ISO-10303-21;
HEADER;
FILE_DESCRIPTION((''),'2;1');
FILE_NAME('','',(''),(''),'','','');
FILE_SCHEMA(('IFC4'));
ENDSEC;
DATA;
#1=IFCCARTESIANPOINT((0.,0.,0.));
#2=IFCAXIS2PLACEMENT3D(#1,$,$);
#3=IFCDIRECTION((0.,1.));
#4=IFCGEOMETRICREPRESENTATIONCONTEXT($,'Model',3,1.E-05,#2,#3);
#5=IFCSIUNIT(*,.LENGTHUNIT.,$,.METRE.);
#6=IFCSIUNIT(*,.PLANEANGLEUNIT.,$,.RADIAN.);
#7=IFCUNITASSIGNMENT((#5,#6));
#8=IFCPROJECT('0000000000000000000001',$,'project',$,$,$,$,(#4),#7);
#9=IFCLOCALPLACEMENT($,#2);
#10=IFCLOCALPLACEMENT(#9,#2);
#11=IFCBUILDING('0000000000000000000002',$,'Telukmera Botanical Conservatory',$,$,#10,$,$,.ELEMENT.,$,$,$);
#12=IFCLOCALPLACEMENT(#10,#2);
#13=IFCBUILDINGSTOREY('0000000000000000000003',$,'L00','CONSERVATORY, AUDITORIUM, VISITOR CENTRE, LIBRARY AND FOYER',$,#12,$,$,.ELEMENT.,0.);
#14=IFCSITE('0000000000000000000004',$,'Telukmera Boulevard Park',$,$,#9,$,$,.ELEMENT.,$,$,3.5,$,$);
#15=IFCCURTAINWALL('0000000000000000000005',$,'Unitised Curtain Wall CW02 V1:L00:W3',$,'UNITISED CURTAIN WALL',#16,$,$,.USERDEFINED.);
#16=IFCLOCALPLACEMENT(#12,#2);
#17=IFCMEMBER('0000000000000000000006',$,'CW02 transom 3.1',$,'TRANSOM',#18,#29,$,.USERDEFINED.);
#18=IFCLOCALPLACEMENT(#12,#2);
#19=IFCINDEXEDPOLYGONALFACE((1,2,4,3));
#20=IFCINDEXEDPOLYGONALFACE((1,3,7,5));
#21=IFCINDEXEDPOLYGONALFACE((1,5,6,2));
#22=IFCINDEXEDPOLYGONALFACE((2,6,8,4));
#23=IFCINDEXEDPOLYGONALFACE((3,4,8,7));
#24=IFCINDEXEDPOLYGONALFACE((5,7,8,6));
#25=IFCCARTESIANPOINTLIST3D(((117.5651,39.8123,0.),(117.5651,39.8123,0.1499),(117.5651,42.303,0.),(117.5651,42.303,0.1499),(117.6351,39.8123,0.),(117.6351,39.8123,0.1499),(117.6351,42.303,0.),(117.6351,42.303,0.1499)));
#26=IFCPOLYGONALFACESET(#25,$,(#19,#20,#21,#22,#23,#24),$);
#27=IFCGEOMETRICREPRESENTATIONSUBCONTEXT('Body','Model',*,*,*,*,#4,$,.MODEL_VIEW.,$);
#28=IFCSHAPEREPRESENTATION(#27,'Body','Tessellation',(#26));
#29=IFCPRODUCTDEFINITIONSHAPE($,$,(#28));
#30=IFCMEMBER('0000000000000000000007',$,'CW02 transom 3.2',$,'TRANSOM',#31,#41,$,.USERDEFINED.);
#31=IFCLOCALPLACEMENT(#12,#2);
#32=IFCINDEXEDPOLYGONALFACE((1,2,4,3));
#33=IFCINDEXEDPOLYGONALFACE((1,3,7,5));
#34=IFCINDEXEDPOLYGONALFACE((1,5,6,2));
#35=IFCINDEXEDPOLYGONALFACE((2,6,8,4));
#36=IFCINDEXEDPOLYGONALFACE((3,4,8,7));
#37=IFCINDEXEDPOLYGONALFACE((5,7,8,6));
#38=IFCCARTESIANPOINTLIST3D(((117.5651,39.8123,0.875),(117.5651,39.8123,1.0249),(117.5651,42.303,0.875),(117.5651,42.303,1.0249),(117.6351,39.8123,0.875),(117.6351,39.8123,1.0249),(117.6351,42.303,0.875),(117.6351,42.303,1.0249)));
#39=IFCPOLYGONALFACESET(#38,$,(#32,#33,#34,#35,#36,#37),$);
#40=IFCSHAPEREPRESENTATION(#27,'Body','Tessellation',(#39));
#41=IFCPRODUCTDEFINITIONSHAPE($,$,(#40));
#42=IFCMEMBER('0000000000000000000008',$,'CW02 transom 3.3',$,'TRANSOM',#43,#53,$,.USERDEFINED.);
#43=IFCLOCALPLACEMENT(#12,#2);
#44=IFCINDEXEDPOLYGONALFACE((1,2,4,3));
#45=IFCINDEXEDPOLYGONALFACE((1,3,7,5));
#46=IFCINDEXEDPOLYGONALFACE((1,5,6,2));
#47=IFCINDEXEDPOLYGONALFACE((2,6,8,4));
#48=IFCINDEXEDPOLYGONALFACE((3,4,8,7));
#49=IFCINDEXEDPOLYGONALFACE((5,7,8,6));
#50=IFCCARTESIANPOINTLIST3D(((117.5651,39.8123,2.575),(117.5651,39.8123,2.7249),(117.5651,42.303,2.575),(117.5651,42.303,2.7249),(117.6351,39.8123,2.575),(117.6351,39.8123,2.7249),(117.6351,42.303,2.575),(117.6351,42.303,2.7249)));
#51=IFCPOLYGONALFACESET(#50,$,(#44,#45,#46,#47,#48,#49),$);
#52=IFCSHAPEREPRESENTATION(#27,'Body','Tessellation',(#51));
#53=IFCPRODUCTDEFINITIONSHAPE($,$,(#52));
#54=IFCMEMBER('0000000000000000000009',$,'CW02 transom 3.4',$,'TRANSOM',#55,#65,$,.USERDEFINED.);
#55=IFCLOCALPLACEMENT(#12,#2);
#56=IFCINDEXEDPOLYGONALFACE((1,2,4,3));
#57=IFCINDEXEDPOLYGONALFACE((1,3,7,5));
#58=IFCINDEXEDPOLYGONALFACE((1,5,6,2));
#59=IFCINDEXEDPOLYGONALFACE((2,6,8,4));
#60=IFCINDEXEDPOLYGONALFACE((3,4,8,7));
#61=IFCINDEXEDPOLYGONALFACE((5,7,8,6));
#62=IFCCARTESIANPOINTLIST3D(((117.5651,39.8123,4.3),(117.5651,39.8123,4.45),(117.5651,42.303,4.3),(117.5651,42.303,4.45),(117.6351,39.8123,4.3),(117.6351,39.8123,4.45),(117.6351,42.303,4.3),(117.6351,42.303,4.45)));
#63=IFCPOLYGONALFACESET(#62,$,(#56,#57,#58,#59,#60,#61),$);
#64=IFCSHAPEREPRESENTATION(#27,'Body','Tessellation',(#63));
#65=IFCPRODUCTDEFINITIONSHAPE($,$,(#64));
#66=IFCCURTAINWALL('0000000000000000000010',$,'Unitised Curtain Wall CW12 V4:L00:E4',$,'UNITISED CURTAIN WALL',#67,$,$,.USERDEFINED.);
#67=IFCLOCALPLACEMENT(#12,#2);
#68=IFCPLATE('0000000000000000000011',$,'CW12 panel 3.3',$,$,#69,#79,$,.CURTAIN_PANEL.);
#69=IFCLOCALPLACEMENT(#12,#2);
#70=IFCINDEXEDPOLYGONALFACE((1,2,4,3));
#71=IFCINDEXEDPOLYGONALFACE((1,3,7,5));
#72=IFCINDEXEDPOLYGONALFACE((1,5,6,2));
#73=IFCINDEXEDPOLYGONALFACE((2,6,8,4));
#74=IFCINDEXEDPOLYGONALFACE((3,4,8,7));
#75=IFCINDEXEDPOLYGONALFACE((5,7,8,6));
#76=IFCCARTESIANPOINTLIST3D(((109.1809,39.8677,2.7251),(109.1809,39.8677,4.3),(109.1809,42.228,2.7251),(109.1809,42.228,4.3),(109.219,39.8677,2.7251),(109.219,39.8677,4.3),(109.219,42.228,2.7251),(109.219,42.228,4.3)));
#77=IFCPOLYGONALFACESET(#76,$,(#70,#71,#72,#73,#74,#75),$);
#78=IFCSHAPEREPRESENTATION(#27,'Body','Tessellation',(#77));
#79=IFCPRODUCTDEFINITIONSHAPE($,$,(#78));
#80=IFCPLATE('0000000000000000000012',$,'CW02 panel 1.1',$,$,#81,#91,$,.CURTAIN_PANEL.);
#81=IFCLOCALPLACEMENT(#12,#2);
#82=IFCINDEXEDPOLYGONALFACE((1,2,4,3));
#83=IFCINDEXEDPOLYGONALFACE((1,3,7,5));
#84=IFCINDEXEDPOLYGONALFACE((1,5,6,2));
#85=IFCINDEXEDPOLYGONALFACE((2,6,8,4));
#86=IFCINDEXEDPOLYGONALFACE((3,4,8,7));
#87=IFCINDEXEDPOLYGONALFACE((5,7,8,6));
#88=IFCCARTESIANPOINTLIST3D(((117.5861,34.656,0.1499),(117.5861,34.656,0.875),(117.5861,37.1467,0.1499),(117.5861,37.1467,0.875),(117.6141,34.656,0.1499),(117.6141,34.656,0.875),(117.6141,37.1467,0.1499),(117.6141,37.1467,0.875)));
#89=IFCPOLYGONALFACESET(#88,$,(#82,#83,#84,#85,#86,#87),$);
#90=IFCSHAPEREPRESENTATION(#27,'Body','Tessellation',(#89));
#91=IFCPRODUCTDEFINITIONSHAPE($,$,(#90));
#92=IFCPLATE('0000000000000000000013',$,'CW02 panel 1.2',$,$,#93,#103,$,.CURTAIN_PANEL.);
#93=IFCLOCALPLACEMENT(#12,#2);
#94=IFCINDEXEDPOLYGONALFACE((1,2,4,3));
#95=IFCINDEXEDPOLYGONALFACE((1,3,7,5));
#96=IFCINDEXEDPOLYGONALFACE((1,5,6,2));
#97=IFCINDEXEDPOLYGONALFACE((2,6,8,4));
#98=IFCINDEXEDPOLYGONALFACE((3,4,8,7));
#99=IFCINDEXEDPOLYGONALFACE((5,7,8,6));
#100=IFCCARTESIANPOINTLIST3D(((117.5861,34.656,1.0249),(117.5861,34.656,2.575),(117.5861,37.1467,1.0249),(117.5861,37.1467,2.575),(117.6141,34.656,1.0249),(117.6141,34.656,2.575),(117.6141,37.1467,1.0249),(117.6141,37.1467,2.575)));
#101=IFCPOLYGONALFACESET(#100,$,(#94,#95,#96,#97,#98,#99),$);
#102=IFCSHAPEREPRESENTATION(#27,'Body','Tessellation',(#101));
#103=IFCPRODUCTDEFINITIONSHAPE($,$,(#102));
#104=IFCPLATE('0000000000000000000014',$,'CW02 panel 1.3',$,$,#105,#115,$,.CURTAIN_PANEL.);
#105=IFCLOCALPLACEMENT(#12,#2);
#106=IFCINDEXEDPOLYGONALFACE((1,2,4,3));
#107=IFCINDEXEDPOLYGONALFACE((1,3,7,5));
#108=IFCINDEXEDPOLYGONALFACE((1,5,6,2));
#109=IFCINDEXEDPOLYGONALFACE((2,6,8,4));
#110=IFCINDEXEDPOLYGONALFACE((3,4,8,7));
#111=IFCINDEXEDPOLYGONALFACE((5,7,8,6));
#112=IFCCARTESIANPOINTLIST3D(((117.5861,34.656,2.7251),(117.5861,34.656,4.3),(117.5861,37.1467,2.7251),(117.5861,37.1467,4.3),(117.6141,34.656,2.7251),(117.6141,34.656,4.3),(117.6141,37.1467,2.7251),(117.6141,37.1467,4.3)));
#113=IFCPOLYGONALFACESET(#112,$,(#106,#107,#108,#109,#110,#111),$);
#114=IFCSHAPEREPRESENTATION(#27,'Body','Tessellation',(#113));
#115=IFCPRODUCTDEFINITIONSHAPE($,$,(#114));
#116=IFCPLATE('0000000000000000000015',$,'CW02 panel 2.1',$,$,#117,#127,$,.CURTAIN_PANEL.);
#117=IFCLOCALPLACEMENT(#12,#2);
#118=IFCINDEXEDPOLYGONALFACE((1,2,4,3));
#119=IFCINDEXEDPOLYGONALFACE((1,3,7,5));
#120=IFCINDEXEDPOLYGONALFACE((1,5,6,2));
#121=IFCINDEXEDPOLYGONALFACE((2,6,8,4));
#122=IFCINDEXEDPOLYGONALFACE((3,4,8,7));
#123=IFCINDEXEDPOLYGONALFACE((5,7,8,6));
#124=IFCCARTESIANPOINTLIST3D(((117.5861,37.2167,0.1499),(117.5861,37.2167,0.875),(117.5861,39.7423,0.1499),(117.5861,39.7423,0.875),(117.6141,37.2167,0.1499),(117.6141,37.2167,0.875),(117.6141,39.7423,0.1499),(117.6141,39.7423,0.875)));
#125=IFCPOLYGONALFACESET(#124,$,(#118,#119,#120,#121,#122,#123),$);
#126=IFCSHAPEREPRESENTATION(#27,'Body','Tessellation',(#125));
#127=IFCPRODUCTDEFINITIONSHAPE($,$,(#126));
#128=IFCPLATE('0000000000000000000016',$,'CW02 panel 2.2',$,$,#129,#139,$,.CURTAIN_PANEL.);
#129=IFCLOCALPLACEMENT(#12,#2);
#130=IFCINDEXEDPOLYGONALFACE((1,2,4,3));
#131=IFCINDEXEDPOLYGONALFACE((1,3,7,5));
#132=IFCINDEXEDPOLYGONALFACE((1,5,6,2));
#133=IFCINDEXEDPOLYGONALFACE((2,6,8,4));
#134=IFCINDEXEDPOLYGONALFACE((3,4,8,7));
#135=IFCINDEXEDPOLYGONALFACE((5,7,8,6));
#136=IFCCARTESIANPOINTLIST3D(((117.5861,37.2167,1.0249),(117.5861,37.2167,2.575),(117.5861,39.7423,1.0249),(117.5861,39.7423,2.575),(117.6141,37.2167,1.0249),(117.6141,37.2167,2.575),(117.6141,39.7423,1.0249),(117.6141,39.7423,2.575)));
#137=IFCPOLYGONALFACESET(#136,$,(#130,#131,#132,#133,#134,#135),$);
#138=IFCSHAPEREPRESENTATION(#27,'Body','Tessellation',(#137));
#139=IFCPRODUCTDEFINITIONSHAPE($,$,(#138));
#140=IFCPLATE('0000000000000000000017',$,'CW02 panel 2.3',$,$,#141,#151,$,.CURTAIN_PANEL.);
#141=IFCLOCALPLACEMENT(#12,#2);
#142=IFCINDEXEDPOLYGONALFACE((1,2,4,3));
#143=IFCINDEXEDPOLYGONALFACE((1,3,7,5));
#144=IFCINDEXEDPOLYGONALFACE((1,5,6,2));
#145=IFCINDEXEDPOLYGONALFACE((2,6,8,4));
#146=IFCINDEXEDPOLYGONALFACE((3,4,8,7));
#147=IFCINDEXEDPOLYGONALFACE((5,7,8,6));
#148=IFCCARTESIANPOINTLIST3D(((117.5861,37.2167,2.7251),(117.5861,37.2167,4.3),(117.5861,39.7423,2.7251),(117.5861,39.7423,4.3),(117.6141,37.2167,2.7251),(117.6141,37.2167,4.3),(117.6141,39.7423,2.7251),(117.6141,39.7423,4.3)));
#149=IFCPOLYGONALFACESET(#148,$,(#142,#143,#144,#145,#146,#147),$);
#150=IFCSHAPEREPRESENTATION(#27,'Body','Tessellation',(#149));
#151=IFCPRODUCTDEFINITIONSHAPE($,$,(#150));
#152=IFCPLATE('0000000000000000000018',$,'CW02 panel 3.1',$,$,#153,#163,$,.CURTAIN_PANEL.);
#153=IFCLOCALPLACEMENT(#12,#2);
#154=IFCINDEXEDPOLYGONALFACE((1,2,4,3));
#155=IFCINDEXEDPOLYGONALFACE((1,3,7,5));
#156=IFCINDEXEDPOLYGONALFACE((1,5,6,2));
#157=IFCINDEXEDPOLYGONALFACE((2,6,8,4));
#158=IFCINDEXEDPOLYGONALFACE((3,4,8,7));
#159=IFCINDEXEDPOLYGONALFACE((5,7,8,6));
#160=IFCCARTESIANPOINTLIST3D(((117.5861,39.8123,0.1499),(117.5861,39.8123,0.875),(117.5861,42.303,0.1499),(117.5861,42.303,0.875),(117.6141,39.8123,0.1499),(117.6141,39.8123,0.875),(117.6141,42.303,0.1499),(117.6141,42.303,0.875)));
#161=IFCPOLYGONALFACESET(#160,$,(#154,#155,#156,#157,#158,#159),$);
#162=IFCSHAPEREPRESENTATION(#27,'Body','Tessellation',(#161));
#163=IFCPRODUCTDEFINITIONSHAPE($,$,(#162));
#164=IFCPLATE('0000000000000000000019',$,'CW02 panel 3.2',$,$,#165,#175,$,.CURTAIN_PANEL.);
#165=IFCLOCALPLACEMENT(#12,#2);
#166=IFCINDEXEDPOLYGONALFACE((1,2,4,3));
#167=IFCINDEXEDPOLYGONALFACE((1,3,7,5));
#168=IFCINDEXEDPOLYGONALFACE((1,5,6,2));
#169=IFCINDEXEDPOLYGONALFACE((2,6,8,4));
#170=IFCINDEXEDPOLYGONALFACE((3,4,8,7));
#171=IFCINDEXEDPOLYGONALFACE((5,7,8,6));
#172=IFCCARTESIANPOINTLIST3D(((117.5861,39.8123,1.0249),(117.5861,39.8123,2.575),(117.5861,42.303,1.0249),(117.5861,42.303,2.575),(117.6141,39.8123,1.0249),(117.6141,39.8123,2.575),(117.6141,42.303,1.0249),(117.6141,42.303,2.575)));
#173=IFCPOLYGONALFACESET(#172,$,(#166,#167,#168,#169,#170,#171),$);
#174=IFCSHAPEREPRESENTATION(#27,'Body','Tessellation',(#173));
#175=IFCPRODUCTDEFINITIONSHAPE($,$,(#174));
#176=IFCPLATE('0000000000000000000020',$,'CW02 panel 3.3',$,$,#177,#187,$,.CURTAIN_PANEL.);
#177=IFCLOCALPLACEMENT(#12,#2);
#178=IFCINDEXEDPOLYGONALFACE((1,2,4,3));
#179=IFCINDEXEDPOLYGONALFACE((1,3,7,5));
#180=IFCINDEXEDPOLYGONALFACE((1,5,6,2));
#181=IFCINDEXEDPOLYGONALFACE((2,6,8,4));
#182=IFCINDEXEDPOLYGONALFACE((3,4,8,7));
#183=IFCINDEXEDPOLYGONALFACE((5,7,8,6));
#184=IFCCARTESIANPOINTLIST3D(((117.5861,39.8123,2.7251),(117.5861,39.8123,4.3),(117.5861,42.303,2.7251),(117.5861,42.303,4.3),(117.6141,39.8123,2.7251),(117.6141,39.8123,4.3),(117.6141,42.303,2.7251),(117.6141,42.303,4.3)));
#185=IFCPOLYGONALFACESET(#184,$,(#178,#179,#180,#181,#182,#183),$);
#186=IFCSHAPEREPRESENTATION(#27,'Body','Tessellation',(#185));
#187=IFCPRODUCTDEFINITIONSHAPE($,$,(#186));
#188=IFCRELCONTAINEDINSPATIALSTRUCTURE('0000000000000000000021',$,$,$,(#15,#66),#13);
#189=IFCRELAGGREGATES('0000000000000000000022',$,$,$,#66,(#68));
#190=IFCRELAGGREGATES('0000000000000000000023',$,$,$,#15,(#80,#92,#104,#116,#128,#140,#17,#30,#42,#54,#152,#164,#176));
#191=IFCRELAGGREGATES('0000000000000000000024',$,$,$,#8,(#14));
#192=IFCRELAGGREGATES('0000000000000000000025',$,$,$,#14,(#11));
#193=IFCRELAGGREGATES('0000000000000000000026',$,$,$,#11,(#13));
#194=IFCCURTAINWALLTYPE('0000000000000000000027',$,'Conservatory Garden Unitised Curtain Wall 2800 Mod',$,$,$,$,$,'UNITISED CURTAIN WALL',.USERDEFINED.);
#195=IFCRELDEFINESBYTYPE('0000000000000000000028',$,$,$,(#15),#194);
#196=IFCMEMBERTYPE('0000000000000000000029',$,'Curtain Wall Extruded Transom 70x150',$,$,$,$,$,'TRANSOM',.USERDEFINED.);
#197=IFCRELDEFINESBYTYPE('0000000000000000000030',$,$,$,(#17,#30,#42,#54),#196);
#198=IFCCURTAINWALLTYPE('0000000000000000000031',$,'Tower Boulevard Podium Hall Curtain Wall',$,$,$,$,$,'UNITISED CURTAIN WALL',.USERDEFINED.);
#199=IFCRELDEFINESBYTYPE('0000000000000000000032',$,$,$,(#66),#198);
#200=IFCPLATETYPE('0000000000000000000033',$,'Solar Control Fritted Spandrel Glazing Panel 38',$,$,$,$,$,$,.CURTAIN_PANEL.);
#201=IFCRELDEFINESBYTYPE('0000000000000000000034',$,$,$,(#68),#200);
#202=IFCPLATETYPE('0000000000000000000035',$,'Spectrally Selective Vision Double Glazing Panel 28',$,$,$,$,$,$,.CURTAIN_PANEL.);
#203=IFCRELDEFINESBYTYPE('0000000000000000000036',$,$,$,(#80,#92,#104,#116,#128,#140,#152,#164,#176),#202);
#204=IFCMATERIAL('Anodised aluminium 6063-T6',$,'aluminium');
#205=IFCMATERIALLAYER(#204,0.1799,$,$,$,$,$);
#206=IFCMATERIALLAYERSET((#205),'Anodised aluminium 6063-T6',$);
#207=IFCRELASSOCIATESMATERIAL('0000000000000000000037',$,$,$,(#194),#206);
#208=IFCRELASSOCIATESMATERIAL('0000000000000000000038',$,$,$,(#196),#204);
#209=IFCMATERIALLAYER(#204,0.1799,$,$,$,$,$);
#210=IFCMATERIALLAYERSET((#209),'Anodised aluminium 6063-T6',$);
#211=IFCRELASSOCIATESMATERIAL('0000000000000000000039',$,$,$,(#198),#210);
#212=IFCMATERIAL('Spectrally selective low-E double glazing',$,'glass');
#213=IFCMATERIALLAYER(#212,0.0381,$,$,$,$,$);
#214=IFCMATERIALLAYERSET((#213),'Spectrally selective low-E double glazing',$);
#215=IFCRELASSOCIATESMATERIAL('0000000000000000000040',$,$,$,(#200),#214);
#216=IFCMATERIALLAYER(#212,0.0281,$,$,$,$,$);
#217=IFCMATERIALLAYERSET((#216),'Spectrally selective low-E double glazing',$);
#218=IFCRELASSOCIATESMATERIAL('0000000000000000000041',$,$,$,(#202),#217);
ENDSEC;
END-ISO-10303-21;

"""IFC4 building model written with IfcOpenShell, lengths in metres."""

from ifc_helpers import new_model, si_unit, direction, frame, origin, origin_2d, place, context, subcontext, project, spatial, rectangle, extrude, material, layer, layer_set, material_profile, profile_set, type_object, element, aggregate, save


model = new_model("IFC4")

# Units and contexts
model_context = context("Model", 3, precision=1e-05, world=origin(), true_north=direction((0.0, 1.0)))
body_context = subcontext(model_context, "Body", "Model", "MODEL_VIEW")
ifc_project = project(units=[si_unit("LENGTHUNIT", "METRE"), si_unit("PLANEANGLEUNIT", "RADIAN")], contexts=[model_context])

# Site, building, storey
site_placement = place(None, origin())
site = spatial("IfcSite", under=ifc_project, at=site_placement, Name="Telukmera Boulevard Park", CompositionType="ELEMENT", RefElevation=3.5)
building_placement = place(site_placement, origin())
building = spatial("IfcBuilding", under=site, at=building_placement, Name="Telukmera Botanical Conservatory", CompositionType="ELEMENT")
storey_placement = place(building_placement, origin())
storey = spatial("IfcBuildingStorey", under=building, at=storey_placement, Name="L00", Description="CONSERVATORY, AUDITORIUM, VISITOR CENTRE, LIBRARY AND FOYER", CompositionType="ELEMENT", Elevation=0.0)

# Curtain wall, members
ifc_material_1 = material(Name="Anodised aluminium 6063-T6", Category="aluminium")
ifc_layer_1 = layer(ifc_material_1, 0.1799)
ifc_layer_set_1 = layer_set([ifc_layer_1], Name="Anodised aluminium 6063-T6")
curtain_wall_type_1 = type_object("IfcCurtainWallType", Name="Conservatory Garden Unitised Curtain Wall 2800 Mod", ElementType="UNITISED CURTAIN WALL", PredefinedType="USERDEFINED", material=ifc_layer_set_1)
curtain_wall_1_placement = place(storey_placement, origin())
curtain_wall_1 = element("IfcCurtainWall", 1, at=curtain_wall_1_placement, inside=storey, type_object=curtain_wall_type_1, Name="Unitised Curtain Wall CW02 V1:L00:W3", ObjectType="UNITISED CURTAIN WALL", PredefinedType="USERDEFINED")
ifc_material_profile_1 = material_profile(ifc_material_1, rectangle(XDim=0.0701, YDim=0.1499, at=origin_2d()), Name="ALU TRAN 70x150")
ifc_profile_set_1 = profile_set([ifc_material_profile_1], Name="Anodised aluminium 6063-T6")
member_type_1 = type_object("IfcMemberType", Name="Curtain Wall Extruded Transom 70x150", ElementType="TRANSOM", PredefinedType="USERDEFINED", material=ifc_profile_set_1)
member_1_placement = place(storey_placement, frame((117.6001, 39.8123, 0.075), z_axis=(0.0, 1.0, 0.0), x_axis=(-1.0, 0.0, 0.0)))
member_1 = element("IfcMember", 2, at=member_1_placement, type_object=member_type_1, Name="CW02 transom 3.1", ObjectType="TRANSOM", PredefinedType="USERDEFINED", context=body_context, shape_type="SweptSolid", body=[
    extrude(rectangle(XDim=0.0701, YDim=0.1499, at=origin_2d()), origin(), (0.0, 0.0, 1.0), 2.4907),
])
member_2_placement = place(storey_placement, frame((117.6001, 39.8123, 0.95), z_axis=(0.0, 1.0, 0.0), x_axis=(-1.0, 0.0, 0.0)))
member_2 = element("IfcMember", 3, at=member_2_placement, type_object=member_type_1, Name="CW02 transom 3.2", ObjectType="TRANSOM", PredefinedType="USERDEFINED", context=body_context, shape_type="SweptSolid", body=[
    extrude(rectangle(XDim=0.0701, YDim=0.1499, at=origin_2d()), origin(), (0.0, 0.0, 1.0), 2.4907),
])
member_3_placement = place(storey_placement, frame((117.6001, 39.8123, 2.6499), z_axis=(0.0, 1.0, 0.0), x_axis=(-1.0, 0.0, 0.0)))
member_3 = element("IfcMember", 4, at=member_3_placement, type_object=member_type_1, Name="CW02 transom 3.3", ObjectType="TRANSOM", PredefinedType="USERDEFINED", context=body_context, shape_type="SweptSolid", body=[
    extrude(rectangle(XDim=0.0701, YDim=0.1499, at=origin_2d()), origin(), (0.0, 0.0, 1.0), 2.4907),
])
member_4_placement = place(storey_placement, frame((117.6001, 39.8123, 4.375), z_axis=(0.0, 1.0, 0.0), x_axis=(-1.0, 0.0, 0.0)))
member_4 = element("IfcMember", 5, at=member_4_placement, type_object=member_type_1, Name="CW02 transom 3.4", ObjectType="TRANSOM", PredefinedType="USERDEFINED", context=body_context, shape_type="SweptSolid", body=[
    extrude(rectangle(XDim=0.0701, YDim=0.1499, at=origin_2d()), origin(), (0.0, 0.0, 1.0), 2.4907),
])

# Curtain wall, plate
ifc_layer_2 = layer(ifc_material_1, 0.1799)
ifc_layer_set_2 = layer_set([ifc_layer_2], Name="Anodised aluminium 6063-T6")
curtain_wall_type_2 = type_object("IfcCurtainWallType", Name="Tower Boulevard Podium Hall Curtain Wall", ElementType="UNITISED CURTAIN WALL", PredefinedType="USERDEFINED", material=ifc_layer_set_2)
curtain_wall_2_placement = place(storey_placement, origin())
curtain_wall_2 = element("IfcCurtainWall", 6, at=curtain_wall_2_placement, inside=storey, type_object=curtain_wall_type_2, Name="Unitised Curtain Wall CW12 V4:L00:E4", ObjectType="UNITISED CURTAIN WALL", PredefinedType="USERDEFINED")
ifc_material_2 = material(Name="Spectrally selective low-E double glazing", Category="glass")
ifc_layer_3 = layer(ifc_material_2, 0.0381)
ifc_layer_set_3 = layer_set([ifc_layer_3], Name="Spectrally selective low-E double glazing")
plate_type_1 = type_object("IfcPlateType", Name="Solar Control Fritted Spandrel Glazing Panel 38", PredefinedType="CURTAIN_PANEL", material=ifc_layer_set_3)
plate_1_placement = place(storey_placement, frame((109.2, 41.0479, 2.7251), z_axis=(0.0, 0.0, 1.0), x_axis=(0.0, 1.0, 0.0)))
plate_1 = element("IfcPlate", 7, at=plate_1_placement, type_object=plate_type_1, Name="CW12 panel 3.3", PredefinedType="CURTAIN_PANEL", context=body_context, shape_type="SweptSolid", body=[
    extrude(rectangle(XDim=2.3604, YDim=0.0381, at=origin_2d()), origin(), (0.0, 0.0, 1.0), 1.575),
])
aggregate(curtain_wall_2, [plate_1])

# Plates
ifc_layer_4 = layer(ifc_material_2, 0.0281)
ifc_layer_set_4 = layer_set([ifc_layer_4], Name="Spectrally selective low-E double glazing")
plate_type_2 = type_object("IfcPlateType", Name="Spectrally Selective Vision Double Glazing Panel 28", PredefinedType="CURTAIN_PANEL", material=ifc_layer_set_4)
plate_2_placement = place(storey_placement, frame((117.6001, 35.9014, 0.1499), z_axis=(0.0, 0.0, 1.0), x_axis=(0.0, 1.0, 0.0)))
plate_2 = element("IfcPlate", 8, at=plate_2_placement, type_object=plate_type_2, Name="CW02 panel 1.1", PredefinedType="CURTAIN_PANEL", context=body_context, shape_type="SweptSolid", body=[
    extrude(rectangle(XDim=2.4907, YDim=0.0281, at=origin_2d()), origin(), (0.0, 0.0, 1.0), 0.7251),
])
plate_3_placement = place(storey_placement, frame((117.6001, 35.9014, 1.0249), z_axis=(0.0, 0.0, 1.0), x_axis=(0.0, 1.0, 0.0)))
plate_3 = element("IfcPlate", 9, at=plate_3_placement, type_object=plate_type_2, Name="CW02 panel 1.2", PredefinedType="CURTAIN_PANEL", context=body_context, shape_type="SweptSolid", body=[
    extrude(rectangle(XDim=2.4907, YDim=0.0281, at=origin_2d()), origin(), (0.0, 0.0, 1.0), 1.55),
])
plate_4_placement = place(storey_placement, frame((117.6001, 35.9014, 2.7251), z_axis=(0.0, 0.0, 1.0), x_axis=(0.0, 1.0, 0.0)))
plate_4 = element("IfcPlate", 10, at=plate_4_placement, type_object=plate_type_2, Name="CW02 panel 1.3", PredefinedType="CURTAIN_PANEL", context=body_context, shape_type="SweptSolid", body=[
    extrude(rectangle(XDim=2.4907, YDim=0.0281, at=origin_2d()), origin(), (0.0, 0.0, 1.0), 1.575),
])
plate_5_placement = place(storey_placement, frame((117.6001, 38.4795, 0.1499), z_axis=(0.0, 0.0, 1.0), x_axis=(0.0, 1.0, 0.0)))
plate_5 = element("IfcPlate", 11, at=plate_5_placement, type_object=plate_type_2, Name="CW02 panel 2.1", PredefinedType="CURTAIN_PANEL", context=body_context, shape_type="SweptSolid", body=[
    extrude(rectangle(XDim=2.5256, YDim=0.0281, at=origin_2d()), origin(), (0.0, 0.0, 1.0), 0.7251),
])
plate_6_placement = place(storey_placement, frame((117.6001, 38.4795, 1.0249), z_axis=(0.0, 0.0, 1.0), x_axis=(0.0, 1.0, 0.0)))
plate_6 = element("IfcPlate", 12, at=plate_6_placement, type_object=plate_type_2, Name="CW02 panel 2.2", PredefinedType="CURTAIN_PANEL", context=body_context, shape_type="SweptSolid", body=[
    extrude(rectangle(XDim=2.5256, YDim=0.0281, at=origin_2d()), origin(), (0.0, 0.0, 1.0), 1.55),
])
plate_7_placement = place(storey_placement, frame((117.6001, 38.4795, 2.7251), z_axis=(0.0, 0.0, 1.0), x_axis=(0.0, 1.0, 0.0)))
plate_7 = element("IfcPlate", 13, at=plate_7_placement, type_object=plate_type_2, Name="CW02 panel 2.3", PredefinedType="CURTAIN_PANEL", context=body_context, shape_type="SweptSolid", body=[
    extrude(rectangle(XDim=2.5256, YDim=0.0281, at=origin_2d()), origin(), (0.0, 0.0, 1.0), 1.575),
])
plate_8_placement = place(storey_placement, frame((117.6001, 41.0576, 0.1499), z_axis=(0.0, 0.0, 1.0), x_axis=(0.0, 1.0, 0.0)))
plate_8 = element("IfcPlate", 14, at=plate_8_placement, type_object=plate_type_2, Name="CW02 panel 3.1", PredefinedType="CURTAIN_PANEL", context=body_context, shape_type="SweptSolid", body=[
    extrude(rectangle(XDim=2.4907, YDim=0.0281, at=origin_2d()), origin(), (0.0, 0.0, 1.0), 0.7251),
])
plate_9_placement = place(storey_placement, frame((117.6001, 41.0576, 1.0249), z_axis=(0.0, 0.0, 1.0), x_axis=(0.0, 1.0, 0.0)))
plate_9 = element("IfcPlate", 15, at=plate_9_placement, type_object=plate_type_2, Name="CW02 panel 3.2", PredefinedType="CURTAIN_PANEL", context=body_context, shape_type="SweptSolid", body=[
    extrude(rectangle(XDim=2.4907, YDim=0.0281, at=origin_2d()), origin(), (0.0, 0.0, 1.0), 1.55),
])
plate_10_placement = place(storey_placement, frame((117.6001, 41.0576, 2.7251), z_axis=(0.0, 0.0, 1.0), x_axis=(0.0, 1.0, 0.0)))
plate_10 = element("IfcPlate", 16, at=plate_10_placement, type_object=plate_type_2, Name="CW02 panel 3.3", PredefinedType="CURTAIN_PANEL", context=body_context, shape_type="SweptSolid", body=[
    extrude(rectangle(XDim=2.4907, YDim=0.0281, at=origin_2d()), origin(), (0.0, 0.0, 1.0), 1.575),
])
aggregate(curtain_wall_1, [plate_2, plate_3, plate_4, plate_5, plate_6, plate_7, member_1, member_2, member_3, member_4, plate_8, plate_9, plate_10])

save(model, "model.ifc")
